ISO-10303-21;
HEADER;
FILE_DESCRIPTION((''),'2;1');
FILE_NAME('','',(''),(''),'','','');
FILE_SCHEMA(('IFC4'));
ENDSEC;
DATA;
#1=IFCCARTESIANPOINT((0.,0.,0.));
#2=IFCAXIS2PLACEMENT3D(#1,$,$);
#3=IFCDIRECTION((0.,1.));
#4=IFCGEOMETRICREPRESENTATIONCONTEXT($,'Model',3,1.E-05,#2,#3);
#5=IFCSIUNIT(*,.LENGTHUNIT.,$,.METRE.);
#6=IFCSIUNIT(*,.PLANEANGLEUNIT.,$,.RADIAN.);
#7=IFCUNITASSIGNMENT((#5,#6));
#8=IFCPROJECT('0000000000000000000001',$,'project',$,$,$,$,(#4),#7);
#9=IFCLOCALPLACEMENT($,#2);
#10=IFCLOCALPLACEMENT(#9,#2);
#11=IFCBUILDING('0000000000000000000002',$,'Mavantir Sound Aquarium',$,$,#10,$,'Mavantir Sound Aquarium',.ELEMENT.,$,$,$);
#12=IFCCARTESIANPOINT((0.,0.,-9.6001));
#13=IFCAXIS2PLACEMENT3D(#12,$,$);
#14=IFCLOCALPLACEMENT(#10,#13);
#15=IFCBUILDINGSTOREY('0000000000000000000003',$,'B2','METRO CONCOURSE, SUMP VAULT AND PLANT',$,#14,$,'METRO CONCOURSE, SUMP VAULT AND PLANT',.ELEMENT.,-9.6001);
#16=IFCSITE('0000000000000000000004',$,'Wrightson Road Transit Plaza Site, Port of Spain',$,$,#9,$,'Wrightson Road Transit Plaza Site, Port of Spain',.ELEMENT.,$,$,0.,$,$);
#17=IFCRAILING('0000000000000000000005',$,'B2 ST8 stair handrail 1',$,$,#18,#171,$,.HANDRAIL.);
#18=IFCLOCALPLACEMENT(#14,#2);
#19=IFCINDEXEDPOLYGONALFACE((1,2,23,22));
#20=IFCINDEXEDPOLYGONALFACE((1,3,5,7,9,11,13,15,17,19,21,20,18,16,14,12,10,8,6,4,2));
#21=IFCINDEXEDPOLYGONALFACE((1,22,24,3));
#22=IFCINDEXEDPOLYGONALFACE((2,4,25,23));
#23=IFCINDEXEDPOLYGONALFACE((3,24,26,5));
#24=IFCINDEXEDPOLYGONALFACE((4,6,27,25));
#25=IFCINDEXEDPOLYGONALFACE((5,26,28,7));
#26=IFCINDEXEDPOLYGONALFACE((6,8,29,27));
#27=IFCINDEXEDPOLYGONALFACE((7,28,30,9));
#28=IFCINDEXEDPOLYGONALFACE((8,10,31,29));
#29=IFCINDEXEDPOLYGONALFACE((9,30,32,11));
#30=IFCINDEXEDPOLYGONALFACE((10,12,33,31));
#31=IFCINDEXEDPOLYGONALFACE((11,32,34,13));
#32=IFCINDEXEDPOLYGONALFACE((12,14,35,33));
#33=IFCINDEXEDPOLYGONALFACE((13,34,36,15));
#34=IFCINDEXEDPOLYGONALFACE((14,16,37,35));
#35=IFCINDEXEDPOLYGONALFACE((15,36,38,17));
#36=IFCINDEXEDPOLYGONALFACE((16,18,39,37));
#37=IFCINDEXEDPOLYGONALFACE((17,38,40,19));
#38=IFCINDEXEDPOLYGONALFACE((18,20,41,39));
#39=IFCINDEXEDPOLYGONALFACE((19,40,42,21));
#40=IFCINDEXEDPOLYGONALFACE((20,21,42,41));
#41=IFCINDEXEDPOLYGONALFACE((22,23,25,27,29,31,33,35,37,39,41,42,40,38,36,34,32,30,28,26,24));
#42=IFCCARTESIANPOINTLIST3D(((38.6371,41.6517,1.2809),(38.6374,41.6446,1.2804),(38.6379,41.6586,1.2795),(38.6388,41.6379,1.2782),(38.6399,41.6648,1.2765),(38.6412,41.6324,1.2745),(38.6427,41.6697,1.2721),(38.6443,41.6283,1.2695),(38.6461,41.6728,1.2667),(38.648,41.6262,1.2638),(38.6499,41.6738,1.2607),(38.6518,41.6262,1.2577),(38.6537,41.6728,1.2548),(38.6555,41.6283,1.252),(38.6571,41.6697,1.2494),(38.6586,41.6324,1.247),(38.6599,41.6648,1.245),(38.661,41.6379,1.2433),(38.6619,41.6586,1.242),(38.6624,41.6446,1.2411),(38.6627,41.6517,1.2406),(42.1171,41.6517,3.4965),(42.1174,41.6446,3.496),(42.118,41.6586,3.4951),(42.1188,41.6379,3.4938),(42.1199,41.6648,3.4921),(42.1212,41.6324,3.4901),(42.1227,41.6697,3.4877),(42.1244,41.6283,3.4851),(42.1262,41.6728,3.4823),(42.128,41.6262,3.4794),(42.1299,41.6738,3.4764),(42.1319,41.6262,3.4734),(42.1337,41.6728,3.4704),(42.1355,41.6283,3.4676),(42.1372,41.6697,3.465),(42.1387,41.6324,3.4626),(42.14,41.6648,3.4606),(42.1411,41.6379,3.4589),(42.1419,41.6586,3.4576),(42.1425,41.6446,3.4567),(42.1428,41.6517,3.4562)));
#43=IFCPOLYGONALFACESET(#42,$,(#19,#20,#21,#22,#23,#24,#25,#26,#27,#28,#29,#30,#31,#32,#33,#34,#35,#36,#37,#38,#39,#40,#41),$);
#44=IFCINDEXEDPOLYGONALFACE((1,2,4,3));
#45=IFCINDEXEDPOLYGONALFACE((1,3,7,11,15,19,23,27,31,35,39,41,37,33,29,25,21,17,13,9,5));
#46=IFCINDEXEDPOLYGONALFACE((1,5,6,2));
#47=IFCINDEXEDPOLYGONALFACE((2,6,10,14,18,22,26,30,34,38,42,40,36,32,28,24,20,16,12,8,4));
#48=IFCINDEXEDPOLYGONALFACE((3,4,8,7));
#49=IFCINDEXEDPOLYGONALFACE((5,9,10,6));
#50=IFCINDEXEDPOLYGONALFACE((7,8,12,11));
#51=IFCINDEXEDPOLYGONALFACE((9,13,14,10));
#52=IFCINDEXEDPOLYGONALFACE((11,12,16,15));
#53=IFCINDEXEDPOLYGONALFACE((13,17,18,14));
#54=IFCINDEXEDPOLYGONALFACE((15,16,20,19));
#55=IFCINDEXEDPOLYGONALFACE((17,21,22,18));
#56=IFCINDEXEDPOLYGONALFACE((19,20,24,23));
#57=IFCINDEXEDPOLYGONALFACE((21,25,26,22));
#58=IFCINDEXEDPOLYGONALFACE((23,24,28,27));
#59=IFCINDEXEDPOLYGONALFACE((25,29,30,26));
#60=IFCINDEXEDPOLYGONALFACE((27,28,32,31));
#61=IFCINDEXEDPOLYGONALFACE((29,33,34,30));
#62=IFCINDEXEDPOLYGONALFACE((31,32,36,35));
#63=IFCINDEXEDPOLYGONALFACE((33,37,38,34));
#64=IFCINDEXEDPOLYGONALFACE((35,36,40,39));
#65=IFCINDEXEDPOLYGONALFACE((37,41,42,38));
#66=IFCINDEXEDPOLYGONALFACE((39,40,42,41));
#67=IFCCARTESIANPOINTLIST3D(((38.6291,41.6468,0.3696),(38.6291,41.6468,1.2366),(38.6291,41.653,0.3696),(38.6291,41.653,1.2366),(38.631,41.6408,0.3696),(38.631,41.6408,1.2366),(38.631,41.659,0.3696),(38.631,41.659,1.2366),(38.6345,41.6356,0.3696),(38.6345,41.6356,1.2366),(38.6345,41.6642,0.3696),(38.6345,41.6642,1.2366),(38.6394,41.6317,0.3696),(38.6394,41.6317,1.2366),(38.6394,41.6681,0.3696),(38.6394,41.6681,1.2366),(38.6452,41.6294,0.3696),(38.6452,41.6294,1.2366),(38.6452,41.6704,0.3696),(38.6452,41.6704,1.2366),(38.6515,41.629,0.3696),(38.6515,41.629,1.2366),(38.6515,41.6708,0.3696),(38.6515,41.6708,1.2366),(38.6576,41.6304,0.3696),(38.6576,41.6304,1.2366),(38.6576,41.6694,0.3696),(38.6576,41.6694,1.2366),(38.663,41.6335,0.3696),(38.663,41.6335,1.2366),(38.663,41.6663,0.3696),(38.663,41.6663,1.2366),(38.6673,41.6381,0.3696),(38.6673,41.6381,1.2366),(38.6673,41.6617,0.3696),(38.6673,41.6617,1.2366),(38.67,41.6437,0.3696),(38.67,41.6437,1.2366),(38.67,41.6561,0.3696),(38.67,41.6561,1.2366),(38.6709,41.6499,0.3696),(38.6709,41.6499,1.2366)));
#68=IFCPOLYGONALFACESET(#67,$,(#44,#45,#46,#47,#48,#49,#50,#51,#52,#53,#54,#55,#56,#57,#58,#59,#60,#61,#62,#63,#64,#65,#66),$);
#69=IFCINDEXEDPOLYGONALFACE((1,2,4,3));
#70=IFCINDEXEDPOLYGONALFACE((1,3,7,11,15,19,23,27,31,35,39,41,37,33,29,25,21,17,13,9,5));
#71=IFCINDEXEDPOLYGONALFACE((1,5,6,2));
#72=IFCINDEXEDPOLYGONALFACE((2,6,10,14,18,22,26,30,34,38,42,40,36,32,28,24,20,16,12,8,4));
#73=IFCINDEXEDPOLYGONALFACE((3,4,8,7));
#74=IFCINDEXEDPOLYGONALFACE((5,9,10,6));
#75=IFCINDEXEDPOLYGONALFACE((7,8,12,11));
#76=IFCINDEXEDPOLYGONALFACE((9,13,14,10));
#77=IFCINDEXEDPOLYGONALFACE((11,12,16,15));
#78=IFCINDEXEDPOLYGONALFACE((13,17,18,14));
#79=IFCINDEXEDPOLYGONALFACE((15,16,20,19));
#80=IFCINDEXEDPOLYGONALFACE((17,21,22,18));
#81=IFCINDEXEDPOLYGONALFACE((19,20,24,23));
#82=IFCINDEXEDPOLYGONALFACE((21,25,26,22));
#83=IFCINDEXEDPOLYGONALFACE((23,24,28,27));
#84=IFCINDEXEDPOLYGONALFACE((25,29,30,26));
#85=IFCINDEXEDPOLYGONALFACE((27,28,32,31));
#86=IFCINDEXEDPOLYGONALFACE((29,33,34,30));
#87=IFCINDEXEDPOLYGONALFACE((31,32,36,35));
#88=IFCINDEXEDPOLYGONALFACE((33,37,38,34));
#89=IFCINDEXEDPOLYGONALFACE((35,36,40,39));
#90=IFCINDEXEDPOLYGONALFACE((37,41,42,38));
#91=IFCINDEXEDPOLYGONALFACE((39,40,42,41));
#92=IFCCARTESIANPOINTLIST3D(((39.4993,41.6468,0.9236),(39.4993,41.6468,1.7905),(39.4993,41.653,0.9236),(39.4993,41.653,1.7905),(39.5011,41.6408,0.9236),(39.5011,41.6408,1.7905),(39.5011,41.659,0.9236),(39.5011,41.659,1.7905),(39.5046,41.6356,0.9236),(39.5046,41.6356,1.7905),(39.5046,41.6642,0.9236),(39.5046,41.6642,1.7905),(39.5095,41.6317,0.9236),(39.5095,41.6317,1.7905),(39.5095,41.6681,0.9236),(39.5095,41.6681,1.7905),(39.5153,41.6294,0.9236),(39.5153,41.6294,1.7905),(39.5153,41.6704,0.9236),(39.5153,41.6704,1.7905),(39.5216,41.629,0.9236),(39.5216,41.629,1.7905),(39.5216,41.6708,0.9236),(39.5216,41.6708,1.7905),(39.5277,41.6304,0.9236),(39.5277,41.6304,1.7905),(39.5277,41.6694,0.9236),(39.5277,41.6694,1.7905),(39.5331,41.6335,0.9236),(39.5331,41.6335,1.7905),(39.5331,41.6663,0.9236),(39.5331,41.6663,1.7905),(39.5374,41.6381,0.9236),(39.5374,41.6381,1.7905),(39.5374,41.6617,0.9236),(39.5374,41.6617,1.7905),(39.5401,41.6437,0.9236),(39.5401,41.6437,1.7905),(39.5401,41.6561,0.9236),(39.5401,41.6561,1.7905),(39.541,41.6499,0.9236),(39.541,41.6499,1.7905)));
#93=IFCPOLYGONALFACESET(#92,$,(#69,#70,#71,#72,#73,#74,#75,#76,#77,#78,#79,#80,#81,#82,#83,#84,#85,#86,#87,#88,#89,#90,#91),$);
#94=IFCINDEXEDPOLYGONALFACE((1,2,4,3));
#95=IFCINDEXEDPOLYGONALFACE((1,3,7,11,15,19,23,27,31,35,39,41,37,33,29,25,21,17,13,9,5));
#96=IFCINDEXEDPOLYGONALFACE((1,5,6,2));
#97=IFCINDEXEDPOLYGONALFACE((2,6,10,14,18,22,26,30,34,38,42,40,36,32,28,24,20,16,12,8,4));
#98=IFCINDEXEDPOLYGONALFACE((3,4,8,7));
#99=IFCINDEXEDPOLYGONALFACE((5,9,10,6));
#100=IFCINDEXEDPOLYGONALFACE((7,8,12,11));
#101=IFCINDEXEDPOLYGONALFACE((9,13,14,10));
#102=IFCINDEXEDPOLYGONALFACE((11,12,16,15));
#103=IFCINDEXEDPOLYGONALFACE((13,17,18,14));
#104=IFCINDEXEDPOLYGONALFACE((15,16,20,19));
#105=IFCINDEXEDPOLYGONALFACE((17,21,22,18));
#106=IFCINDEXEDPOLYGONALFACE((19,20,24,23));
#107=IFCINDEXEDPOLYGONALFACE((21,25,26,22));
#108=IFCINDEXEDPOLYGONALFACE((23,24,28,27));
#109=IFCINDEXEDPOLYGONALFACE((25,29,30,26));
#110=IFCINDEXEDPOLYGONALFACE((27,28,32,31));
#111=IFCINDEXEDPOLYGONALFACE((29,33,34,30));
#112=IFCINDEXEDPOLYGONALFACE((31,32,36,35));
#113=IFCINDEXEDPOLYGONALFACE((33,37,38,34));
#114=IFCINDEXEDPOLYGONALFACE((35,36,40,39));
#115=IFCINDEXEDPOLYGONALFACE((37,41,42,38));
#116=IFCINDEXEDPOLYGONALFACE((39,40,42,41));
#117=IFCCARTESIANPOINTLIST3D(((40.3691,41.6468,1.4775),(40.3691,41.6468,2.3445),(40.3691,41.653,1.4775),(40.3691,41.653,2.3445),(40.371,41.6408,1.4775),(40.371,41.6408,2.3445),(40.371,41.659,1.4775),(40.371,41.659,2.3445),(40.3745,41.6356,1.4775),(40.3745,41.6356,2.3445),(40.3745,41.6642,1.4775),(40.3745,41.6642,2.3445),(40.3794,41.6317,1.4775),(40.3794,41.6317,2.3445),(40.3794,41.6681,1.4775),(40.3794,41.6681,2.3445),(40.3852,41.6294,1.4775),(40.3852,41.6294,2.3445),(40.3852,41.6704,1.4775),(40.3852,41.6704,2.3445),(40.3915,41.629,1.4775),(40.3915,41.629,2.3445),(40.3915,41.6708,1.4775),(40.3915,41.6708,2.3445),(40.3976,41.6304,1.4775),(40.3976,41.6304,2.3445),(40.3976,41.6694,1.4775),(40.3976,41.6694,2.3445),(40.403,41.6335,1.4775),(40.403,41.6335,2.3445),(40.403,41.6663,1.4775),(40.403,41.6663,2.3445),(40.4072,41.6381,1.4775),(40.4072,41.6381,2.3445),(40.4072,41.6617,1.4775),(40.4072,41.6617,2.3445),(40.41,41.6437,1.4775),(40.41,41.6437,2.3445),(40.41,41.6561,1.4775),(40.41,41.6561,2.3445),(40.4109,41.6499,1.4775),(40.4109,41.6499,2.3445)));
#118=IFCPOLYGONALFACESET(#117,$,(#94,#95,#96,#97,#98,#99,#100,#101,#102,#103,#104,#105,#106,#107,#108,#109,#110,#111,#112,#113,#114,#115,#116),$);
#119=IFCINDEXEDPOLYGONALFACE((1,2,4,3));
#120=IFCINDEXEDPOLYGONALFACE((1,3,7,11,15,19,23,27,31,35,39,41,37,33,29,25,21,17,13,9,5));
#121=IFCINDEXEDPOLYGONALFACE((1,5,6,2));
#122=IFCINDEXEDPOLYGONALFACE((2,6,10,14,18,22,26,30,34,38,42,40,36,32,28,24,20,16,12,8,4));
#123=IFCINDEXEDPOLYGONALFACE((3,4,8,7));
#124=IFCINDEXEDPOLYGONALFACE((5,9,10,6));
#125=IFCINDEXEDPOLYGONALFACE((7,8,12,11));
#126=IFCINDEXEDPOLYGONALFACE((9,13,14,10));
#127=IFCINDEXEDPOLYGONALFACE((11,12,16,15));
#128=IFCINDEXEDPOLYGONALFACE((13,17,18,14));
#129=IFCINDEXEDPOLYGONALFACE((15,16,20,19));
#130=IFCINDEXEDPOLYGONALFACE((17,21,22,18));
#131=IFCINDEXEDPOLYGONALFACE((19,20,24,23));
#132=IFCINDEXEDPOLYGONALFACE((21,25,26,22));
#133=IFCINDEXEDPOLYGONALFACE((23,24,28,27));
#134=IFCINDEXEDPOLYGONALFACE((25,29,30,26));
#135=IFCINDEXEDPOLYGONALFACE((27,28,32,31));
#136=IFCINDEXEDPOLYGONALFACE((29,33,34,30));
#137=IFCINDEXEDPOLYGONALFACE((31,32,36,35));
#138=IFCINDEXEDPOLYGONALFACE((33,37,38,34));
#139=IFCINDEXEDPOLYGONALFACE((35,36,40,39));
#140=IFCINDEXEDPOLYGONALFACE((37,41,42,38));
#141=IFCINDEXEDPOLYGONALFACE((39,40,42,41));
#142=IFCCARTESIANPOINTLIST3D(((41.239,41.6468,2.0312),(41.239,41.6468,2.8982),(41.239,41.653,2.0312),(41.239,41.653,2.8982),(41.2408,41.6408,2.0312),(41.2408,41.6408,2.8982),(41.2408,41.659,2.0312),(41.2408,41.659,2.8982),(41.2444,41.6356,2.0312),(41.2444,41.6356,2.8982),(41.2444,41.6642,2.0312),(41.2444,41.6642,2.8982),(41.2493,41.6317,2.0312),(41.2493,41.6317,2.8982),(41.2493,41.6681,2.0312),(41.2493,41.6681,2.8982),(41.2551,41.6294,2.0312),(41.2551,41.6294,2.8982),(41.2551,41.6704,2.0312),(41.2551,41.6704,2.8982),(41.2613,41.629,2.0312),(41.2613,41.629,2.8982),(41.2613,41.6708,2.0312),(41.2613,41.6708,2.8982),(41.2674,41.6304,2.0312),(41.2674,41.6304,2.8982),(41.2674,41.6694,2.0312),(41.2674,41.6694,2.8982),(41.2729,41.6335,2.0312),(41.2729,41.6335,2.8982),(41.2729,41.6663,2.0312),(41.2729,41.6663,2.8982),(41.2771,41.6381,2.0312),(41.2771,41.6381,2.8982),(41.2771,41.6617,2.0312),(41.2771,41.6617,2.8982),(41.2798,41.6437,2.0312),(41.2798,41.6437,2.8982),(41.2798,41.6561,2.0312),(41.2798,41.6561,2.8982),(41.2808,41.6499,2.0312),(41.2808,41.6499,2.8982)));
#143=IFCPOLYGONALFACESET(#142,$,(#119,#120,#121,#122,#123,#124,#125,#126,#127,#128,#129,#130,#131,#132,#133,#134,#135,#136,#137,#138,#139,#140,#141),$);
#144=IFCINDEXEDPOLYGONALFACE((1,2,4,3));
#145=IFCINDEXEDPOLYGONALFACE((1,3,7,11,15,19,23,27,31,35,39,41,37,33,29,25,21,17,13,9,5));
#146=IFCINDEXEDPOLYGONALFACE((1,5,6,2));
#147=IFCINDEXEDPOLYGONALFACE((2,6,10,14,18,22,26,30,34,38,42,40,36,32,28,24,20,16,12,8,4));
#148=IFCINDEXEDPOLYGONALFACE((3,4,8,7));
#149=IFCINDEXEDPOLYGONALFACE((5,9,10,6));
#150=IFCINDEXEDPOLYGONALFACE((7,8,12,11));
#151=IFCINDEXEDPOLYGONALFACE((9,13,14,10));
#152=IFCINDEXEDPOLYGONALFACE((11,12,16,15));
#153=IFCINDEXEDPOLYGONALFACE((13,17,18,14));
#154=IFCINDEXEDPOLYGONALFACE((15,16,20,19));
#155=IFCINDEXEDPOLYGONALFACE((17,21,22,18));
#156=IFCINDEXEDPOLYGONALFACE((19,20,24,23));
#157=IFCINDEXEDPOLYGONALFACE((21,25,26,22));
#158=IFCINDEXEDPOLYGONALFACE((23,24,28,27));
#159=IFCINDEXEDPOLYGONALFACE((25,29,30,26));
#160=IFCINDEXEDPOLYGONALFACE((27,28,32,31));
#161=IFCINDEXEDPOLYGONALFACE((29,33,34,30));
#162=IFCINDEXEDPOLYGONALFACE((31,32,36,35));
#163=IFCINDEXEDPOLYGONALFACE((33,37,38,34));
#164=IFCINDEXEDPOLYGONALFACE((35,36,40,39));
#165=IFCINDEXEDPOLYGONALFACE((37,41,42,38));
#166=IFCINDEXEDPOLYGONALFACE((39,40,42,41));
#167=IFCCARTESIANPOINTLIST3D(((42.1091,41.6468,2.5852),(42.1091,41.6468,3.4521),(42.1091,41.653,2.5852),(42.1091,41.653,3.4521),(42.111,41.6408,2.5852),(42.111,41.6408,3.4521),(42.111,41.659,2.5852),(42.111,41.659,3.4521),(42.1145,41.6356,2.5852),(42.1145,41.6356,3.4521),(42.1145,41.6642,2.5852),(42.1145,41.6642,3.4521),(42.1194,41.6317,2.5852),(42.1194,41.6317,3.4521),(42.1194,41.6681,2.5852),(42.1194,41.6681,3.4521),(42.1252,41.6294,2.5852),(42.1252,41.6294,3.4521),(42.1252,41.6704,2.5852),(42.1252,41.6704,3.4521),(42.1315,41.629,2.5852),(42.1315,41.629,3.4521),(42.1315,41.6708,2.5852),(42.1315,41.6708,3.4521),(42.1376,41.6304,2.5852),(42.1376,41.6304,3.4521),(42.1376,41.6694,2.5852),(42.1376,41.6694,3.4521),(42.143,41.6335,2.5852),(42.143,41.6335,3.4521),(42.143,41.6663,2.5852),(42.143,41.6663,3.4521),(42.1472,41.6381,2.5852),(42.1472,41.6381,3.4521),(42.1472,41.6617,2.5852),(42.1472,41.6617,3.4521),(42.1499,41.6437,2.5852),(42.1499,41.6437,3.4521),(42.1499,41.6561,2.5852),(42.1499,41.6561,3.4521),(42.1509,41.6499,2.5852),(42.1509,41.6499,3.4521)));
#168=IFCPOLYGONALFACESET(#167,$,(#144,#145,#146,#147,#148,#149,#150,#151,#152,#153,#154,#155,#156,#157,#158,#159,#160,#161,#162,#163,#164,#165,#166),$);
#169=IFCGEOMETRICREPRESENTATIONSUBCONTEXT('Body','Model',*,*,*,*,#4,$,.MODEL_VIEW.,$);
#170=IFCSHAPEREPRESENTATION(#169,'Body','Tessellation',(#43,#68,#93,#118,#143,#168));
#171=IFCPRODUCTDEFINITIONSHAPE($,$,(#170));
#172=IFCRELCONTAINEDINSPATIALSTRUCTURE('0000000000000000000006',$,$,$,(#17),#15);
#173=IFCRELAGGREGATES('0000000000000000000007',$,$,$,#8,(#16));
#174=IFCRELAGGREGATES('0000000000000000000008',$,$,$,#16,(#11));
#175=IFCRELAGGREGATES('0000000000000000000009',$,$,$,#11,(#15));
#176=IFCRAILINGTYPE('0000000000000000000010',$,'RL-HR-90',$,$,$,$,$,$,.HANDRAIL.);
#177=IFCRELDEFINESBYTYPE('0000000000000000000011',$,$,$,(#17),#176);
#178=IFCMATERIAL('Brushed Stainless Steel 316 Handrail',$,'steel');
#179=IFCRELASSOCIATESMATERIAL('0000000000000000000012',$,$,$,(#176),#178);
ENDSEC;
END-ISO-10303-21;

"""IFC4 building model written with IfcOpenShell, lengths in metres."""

from ifc_helpers import new_model, si_unit, direction, frame, origin, origin_2d, place, context, subcontext, project, spatial, circle, extrude, material, type_object, element, save


model = new_model("IFC4")

# Units and contexts
model_context = context("Model", 3, precision=1e-05, world=origin(), true_north=direction((0.0, 1.0)))
body_context = subcontext(model_context, "Body", "Model", "MODEL_VIEW")
ifc_project = project(units=[si_unit("LENGTHUNIT", "METRE"), si_unit("PLANEANGLEUNIT", "RADIAN")], contexts=[model_context])

# Site, building, storey
site_placement = place(None, origin())
site = spatial("IfcSite", under=ifc_project, at=site_placement, Name="Wrightson Road Transit Plaza Site, Port of Spain", LongName="Wrightson Road Transit Plaza Site, Port of Spain", CompositionType="ELEMENT", RefElevation=0.0)
building_placement = place(site_placement, origin())
building = spatial("IfcBuilding", under=site, at=building_placement, Name="Mavantir Sound Aquarium", LongName="Mavantir Sound Aquarium", CompositionType="ELEMENT")
storey_placement = place(building_placement, frame((0.0, 0.0, -9.6001)))
storey = spatial("IfcBuildingStorey", under=building, at=storey_placement, Name="B2", Description="METRO CONCOURSE, SUMP VAULT AND PLANT", LongName="METRO CONCOURSE, SUMP VAULT AND PLANT", CompositionType="ELEMENT", Elevation=-9.6001)

# Railing
ifc_material_1 = material(Name="Brushed Stainless Steel 316 Handrail", Category="steel")
railing_type_1 = type_object("IfcRailingType", Name="RL-HR-90", PredefinedType="HANDRAIL", material=ifc_material_1)
railing_1_placement = place(storey_placement, frame((38.6499, 41.6499, 0.3696)))
element("IfcRailing", 1, at=railing_1_placement, inside=storey, type_object=railing_type_1, Name="B2 ST8 stair handrail 1", PredefinedType="HANDRAIL", context=body_context, shape_type="SweptSolid", body=[
    extrude(circle(Radius=0.0239, at=origin_2d()), frame((0.0, 0.0, 0.8911), z_axis=(0.843547, 0.0, 0.537055), x_axis=(0.0, 1.0, 0.0)), (0.0, 0.0, 1.0), 4.1255),
    extrude(circle(Radius=0.021, at=origin_2d()), origin(), (0.0, 0.0, 1.0), 0.8669),
    extrude(circle(Radius=0.021, at=origin_2d()), frame((0.8701, 0.0, 0.554)), (0.0, 0.0, 1.0), 0.8669),
    extrude(circle(Radius=0.021, at=origin_2d()), frame((1.74, 0.0, 1.1079)), (0.0, 0.0, 1.0), 0.8669),
    extrude(circle(Radius=0.021, at=origin_2d()), frame((2.6099, 0.0, 1.6616)), (0.0, 0.0, 1.0), 0.8669),
    extrude(circle(Radius=0.021, at=origin_2d()), frame((3.48, 0.0, 2.2156)), (0.0, 0.0, 1.0), 0.8669),
])

save(model, "model.ifc")
